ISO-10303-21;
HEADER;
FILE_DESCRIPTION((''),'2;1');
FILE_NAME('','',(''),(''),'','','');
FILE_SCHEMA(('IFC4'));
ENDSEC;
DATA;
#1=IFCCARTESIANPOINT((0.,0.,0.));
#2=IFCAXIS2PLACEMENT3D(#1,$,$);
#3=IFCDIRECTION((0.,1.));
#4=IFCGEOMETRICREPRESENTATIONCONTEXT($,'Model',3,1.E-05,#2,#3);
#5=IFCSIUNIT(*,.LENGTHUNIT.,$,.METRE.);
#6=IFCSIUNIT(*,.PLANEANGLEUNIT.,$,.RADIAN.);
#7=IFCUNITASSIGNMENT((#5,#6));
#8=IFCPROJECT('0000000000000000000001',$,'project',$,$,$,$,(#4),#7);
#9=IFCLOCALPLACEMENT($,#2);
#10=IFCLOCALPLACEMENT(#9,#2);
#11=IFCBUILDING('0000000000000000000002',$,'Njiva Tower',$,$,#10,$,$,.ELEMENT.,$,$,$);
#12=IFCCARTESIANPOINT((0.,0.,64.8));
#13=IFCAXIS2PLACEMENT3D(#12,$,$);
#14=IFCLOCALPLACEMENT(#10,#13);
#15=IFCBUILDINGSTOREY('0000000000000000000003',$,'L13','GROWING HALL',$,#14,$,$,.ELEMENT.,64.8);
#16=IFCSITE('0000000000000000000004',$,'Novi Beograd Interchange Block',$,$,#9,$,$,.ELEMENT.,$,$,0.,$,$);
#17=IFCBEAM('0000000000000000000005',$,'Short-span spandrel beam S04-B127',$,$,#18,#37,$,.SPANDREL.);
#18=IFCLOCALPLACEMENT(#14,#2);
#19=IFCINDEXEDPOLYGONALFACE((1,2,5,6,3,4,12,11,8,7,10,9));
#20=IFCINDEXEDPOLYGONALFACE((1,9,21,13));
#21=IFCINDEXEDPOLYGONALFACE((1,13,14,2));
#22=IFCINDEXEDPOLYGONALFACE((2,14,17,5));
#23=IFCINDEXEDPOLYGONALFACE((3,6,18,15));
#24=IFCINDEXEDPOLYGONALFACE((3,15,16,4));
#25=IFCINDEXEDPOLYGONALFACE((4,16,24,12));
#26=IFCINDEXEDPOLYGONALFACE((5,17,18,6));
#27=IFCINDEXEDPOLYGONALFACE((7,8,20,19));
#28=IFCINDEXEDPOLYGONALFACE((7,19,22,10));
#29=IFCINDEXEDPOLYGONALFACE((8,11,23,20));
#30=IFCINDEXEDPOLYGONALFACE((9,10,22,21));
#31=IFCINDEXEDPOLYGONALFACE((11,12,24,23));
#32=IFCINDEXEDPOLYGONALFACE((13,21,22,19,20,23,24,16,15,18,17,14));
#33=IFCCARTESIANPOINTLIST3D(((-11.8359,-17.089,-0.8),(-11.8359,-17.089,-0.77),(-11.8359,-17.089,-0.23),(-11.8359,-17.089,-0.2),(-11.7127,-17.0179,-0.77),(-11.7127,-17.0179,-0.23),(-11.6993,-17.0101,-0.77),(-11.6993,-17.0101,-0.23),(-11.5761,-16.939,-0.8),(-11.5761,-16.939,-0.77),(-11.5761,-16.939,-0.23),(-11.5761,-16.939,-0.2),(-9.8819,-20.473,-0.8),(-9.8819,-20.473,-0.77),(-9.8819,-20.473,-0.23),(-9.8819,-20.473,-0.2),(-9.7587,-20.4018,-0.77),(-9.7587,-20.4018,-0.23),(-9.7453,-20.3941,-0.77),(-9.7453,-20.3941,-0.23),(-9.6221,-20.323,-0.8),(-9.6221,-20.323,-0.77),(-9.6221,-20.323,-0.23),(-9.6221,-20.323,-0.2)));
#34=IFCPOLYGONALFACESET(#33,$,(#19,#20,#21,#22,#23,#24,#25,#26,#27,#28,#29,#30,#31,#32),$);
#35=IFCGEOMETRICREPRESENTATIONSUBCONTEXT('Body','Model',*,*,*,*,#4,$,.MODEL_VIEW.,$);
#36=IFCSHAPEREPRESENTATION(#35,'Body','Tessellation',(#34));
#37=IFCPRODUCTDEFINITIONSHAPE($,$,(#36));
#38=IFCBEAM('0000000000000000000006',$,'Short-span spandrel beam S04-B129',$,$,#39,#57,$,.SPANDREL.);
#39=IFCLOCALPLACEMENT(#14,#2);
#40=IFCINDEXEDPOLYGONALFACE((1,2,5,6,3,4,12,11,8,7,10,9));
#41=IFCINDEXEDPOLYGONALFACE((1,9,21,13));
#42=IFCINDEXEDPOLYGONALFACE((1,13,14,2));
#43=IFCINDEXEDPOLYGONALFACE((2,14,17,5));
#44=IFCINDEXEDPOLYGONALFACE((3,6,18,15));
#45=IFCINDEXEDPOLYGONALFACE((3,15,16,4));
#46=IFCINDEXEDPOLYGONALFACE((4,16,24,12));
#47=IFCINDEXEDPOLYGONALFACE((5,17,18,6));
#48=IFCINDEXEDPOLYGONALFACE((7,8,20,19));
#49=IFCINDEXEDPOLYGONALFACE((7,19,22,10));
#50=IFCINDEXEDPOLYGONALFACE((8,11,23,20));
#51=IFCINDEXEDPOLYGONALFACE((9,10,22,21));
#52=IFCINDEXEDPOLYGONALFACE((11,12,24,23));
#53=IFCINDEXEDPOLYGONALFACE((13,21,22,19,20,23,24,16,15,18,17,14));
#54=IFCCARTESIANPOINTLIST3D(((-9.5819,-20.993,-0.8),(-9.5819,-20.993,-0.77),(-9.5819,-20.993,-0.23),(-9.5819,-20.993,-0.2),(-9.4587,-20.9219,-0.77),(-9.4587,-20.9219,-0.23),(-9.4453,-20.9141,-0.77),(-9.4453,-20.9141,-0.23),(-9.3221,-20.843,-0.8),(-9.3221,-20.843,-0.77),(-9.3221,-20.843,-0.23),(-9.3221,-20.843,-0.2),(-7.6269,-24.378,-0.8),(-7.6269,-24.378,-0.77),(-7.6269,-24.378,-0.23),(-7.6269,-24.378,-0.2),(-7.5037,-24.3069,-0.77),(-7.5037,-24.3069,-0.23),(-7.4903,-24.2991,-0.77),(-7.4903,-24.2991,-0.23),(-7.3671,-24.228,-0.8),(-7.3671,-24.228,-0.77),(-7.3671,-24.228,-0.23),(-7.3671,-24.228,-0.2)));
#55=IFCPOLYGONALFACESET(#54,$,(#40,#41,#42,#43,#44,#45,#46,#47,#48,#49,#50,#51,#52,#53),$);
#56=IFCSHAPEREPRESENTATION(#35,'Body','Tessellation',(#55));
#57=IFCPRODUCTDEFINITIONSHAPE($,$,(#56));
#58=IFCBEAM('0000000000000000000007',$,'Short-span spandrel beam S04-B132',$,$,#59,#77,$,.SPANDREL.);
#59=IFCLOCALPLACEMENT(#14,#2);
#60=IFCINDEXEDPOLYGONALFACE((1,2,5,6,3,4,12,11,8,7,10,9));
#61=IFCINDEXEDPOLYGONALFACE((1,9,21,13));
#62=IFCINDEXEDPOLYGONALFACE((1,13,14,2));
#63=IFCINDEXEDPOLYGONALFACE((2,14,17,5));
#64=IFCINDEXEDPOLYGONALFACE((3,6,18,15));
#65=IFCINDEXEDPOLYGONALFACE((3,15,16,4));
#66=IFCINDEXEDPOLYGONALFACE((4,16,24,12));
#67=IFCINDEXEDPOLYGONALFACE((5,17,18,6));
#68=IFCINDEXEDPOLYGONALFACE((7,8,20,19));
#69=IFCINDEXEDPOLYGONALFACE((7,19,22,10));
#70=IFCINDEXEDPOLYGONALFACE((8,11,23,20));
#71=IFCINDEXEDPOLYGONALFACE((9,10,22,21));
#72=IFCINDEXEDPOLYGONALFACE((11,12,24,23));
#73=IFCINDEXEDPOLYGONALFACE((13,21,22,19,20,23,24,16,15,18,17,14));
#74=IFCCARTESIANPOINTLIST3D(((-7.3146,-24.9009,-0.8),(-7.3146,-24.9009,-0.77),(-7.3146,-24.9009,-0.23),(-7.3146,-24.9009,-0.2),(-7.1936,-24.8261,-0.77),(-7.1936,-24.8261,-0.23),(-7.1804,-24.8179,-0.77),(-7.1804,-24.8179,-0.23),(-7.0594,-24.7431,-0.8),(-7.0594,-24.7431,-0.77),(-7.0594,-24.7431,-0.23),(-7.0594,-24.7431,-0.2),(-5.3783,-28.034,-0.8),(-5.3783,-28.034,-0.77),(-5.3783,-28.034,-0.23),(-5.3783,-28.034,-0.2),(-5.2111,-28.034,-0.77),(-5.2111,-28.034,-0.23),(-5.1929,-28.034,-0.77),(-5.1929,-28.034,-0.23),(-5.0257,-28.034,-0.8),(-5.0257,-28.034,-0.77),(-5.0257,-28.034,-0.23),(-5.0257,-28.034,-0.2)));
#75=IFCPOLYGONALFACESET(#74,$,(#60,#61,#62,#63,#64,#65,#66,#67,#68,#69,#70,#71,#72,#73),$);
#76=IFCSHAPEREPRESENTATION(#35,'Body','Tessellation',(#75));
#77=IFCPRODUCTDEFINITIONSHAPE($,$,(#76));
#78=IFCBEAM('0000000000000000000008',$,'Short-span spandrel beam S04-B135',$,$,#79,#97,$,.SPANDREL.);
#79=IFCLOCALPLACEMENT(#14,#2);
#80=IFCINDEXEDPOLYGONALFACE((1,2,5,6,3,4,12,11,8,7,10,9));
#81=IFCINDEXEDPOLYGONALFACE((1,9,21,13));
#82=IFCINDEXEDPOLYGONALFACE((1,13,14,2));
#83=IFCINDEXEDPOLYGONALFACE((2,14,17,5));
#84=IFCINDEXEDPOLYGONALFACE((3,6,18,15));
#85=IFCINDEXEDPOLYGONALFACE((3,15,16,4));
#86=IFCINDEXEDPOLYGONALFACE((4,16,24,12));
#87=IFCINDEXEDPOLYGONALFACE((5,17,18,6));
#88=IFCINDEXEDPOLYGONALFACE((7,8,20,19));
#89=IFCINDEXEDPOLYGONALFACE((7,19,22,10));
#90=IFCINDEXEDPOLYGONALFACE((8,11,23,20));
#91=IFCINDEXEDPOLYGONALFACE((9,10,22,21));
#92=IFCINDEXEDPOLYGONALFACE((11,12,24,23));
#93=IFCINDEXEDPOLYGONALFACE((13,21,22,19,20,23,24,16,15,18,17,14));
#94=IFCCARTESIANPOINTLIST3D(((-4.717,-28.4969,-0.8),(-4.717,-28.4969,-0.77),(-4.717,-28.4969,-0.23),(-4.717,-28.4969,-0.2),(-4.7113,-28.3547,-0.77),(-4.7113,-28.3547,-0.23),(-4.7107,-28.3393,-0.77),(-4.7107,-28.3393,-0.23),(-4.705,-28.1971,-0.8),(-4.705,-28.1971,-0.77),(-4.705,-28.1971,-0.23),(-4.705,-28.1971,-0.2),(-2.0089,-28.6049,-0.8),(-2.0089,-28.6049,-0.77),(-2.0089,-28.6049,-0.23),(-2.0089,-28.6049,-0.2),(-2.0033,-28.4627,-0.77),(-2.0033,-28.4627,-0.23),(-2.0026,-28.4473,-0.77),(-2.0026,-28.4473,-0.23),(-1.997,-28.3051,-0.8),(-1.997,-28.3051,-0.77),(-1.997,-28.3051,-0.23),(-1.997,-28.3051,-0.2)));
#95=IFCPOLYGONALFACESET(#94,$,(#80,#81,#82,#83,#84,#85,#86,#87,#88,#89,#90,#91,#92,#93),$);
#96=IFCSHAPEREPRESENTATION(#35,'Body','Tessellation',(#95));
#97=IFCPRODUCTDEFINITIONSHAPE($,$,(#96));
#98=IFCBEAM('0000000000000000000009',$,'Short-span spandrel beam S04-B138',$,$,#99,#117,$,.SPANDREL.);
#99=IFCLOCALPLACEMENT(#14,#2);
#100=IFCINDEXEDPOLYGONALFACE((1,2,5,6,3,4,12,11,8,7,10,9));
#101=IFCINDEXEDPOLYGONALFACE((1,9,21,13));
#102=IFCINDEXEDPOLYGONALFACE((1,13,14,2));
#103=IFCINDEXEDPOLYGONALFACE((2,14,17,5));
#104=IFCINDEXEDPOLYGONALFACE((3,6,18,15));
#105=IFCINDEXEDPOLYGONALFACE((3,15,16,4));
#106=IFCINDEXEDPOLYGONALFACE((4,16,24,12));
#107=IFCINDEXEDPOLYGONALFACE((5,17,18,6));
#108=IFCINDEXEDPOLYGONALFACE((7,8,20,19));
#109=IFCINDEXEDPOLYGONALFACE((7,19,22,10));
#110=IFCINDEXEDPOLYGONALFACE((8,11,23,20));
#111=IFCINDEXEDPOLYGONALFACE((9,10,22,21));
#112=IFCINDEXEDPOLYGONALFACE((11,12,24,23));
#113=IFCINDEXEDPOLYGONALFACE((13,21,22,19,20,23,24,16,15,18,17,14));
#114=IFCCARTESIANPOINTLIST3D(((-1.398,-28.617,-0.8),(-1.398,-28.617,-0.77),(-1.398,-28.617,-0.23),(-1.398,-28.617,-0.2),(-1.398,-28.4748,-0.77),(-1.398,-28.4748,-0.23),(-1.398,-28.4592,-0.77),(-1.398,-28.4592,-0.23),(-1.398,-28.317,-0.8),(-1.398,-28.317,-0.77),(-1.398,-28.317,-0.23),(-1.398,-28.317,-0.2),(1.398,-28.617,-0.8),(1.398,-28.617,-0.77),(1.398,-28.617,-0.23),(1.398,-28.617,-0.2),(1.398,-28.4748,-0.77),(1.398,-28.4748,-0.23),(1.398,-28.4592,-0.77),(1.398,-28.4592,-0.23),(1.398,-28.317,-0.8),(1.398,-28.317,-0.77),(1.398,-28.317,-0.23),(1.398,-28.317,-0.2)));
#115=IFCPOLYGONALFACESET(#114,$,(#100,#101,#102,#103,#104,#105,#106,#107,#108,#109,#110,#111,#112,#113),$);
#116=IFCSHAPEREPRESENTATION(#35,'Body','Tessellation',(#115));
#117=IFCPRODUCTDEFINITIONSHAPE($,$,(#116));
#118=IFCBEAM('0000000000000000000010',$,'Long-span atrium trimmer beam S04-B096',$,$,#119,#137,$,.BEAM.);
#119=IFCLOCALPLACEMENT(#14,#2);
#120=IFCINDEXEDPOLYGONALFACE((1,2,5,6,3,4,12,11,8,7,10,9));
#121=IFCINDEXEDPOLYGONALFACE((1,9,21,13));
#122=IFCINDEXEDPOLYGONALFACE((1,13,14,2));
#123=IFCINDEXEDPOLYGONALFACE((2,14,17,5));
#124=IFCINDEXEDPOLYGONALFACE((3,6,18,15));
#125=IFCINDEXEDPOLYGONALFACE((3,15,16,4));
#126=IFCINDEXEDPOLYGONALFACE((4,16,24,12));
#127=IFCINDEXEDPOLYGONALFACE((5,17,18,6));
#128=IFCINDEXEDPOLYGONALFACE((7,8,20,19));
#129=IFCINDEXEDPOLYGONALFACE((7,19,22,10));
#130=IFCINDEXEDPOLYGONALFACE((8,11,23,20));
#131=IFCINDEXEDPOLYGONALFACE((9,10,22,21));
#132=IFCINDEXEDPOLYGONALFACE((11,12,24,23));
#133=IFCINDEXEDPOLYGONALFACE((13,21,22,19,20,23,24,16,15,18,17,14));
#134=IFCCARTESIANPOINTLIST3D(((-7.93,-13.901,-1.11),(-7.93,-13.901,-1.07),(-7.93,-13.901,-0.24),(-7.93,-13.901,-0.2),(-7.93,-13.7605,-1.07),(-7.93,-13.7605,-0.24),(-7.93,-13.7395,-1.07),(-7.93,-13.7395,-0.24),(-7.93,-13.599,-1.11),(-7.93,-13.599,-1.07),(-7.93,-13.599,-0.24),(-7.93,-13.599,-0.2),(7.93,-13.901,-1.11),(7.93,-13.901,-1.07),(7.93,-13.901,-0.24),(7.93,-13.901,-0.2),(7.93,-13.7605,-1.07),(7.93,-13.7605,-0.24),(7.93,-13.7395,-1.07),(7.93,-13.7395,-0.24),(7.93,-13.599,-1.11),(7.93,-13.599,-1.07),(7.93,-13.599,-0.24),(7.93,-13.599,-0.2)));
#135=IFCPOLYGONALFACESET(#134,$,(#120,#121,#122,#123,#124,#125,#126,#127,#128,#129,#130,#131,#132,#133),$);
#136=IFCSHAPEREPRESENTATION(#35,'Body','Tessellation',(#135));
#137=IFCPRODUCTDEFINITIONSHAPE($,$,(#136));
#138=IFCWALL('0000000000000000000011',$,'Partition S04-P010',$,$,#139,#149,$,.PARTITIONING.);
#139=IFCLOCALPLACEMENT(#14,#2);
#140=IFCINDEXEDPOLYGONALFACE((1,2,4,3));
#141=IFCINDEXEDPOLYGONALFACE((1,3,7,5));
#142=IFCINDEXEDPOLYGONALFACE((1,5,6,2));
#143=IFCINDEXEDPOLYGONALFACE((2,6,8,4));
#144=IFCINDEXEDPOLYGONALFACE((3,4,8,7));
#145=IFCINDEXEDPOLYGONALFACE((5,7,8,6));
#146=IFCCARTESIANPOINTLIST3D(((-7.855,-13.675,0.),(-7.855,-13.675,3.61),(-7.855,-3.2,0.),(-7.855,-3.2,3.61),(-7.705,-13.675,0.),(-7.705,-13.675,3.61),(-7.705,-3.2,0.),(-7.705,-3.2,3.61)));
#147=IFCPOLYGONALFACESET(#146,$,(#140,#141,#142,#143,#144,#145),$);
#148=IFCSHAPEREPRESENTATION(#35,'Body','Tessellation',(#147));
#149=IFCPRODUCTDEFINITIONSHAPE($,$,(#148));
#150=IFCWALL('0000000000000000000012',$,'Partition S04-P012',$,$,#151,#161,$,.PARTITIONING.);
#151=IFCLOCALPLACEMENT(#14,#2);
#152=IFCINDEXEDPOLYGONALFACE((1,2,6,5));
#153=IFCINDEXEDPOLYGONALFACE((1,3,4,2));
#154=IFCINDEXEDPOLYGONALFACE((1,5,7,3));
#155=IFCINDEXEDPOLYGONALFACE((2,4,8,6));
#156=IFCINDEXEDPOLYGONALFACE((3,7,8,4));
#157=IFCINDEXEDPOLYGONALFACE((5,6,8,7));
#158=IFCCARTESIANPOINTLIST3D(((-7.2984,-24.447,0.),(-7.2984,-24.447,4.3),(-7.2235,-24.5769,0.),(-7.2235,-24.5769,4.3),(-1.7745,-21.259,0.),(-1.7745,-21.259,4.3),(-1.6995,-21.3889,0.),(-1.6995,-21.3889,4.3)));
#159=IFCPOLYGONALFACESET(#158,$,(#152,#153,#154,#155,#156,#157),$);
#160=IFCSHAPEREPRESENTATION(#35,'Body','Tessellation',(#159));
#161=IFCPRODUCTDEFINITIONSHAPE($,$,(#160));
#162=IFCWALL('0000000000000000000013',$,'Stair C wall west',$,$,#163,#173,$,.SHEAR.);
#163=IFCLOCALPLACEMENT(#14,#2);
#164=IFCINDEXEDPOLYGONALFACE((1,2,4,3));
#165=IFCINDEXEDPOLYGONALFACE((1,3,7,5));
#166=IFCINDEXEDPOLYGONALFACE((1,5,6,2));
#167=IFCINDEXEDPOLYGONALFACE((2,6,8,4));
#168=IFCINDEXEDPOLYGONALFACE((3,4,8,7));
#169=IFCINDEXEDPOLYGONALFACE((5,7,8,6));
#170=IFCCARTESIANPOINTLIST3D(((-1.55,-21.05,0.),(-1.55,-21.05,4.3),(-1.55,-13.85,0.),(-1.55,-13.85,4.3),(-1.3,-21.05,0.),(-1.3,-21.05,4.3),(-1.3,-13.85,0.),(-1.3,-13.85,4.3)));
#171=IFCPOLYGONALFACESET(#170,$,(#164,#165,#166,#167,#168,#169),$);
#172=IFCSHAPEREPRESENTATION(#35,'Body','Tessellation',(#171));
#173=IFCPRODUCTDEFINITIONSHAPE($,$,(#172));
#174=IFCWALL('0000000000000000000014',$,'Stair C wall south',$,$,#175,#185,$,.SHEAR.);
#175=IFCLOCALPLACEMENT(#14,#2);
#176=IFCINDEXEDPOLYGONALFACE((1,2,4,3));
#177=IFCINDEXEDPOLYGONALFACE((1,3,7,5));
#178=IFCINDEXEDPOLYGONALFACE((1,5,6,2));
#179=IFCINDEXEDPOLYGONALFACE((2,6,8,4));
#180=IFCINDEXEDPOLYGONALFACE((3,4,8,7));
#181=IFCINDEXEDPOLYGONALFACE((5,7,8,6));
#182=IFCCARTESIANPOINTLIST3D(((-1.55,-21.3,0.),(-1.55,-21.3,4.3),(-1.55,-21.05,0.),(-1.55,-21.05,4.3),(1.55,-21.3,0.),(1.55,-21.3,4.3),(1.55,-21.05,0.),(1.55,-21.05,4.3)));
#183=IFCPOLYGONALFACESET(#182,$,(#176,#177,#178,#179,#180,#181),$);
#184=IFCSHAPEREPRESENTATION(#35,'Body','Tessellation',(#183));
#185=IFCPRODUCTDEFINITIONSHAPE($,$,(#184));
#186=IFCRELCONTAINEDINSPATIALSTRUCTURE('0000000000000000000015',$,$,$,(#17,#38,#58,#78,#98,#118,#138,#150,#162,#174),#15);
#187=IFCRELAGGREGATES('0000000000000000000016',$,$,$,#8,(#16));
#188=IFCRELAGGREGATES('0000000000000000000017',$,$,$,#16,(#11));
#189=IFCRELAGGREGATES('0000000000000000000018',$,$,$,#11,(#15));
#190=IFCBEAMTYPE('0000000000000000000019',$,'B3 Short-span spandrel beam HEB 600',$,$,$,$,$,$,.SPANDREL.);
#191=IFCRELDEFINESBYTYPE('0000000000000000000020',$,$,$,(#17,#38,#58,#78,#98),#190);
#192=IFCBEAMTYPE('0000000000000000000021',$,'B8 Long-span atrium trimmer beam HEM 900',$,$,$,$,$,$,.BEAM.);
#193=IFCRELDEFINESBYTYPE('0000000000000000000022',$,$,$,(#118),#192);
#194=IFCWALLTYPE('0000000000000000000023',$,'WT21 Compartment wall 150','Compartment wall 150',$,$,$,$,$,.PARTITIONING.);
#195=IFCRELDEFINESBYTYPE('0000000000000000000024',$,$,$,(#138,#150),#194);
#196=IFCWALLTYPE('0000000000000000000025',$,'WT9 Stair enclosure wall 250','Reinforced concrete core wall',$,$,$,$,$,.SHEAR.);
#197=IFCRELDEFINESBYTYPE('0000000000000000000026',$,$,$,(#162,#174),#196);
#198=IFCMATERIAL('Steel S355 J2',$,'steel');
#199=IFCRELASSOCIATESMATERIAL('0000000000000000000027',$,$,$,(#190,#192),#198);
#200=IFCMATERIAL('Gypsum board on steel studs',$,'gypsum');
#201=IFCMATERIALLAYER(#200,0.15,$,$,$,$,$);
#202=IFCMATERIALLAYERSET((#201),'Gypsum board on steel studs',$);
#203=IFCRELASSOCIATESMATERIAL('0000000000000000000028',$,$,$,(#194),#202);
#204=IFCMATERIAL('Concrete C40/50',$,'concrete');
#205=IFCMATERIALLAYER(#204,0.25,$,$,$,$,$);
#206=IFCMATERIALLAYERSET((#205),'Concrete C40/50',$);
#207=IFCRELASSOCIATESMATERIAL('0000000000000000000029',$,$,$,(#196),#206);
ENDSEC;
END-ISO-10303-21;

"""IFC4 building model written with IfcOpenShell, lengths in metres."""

from ifc_helpers import new_model, si_unit, direction, frame, frame_2d, origin, origin_2d, place, context, subcontext, project, spatial, rectangle, i_section, extrude, clip, halfspace, material, layer, layer_set, material_profile, profile_set, type_object, element, save


model = new_model("IFC4")

# Units and contexts
model_context = context("Model", 3, precision=1e-05, world=origin(), true_north=direction((0.0, 1.0)))
body_context = subcontext(model_context, "Body", "Model", "MODEL_VIEW")
ifc_project = project(units=[si_unit("LENGTHUNIT", "METRE"), si_unit("PLANEANGLEUNIT", "RADIAN")], contexts=[model_context])

# Site, building, storey
site_placement = place(None, origin())
site = spatial("IfcSite", under=ifc_project, at=site_placement, Name="Novi Beograd Interchange Block", CompositionType="ELEMENT", RefElevation=0.0)
building_placement = place(site_placement, origin())
building = spatial("IfcBuilding", under=site, at=building_placement, Name="Njiva Tower", CompositionType="ELEMENT")
storey_placement = place(building_placement, frame((0.0, 0.0, 64.8)))
storey = spatial("IfcBuildingStorey", under=building, at=storey_placement, Name="L13", Description="GROWING HALL", CompositionType="ELEMENT", Elevation=64.8)

# Shared definitions
ifc_material_1 = material(Name="Steel S355 J2", Category="steel")

# Beams
ifc_material_profile_1 = material_profile(ifc_material_1, i_section(OverallWidth=0.3, OverallDepth=0.6, WebThickness=0.0155, FlangeThickness=0.03, at=origin_2d()), Name="HEB 600")
ifc_profile_set_1 = profile_set([ifc_material_profile_1], Name="Steel S355 J2")
beam_type_1 = type_object("IfcBeamType", Name="B3 Short-span spandrel beam HEB 600", PredefinedType="SPANDREL", material=ifc_profile_set_1)
beam_1_placement = place(storey_placement, frame((-11.706, -17.014, -0.5), z_axis=(0.500047, -0.865998, 0.0), x_axis=(0.865998, 0.500047, 0.0)))
element("IfcBeam", 1, at=beam_1_placement, inside=storey, type_object=beam_type_1, Name="Short-span spandrel beam S04-B127", PredefinedType="SPANDREL", context=body_context, shape_type="SweptSolid", body=[
    extrude(i_section(OverallWidth=0.3, OverallDepth=0.6, WebThickness=0.0155, FlangeThickness=0.03, at=origin_2d()), origin(), (0.0, 0.0, 1.0), 3.9076),
])
beam_2_placement = place(storey_placement, frame((-9.452, -20.918, -0.5), z_axis=(0.500128, -0.865951, 0.0), x_axis=(0.865951, 0.500128, 0.0)))
element("IfcBeam", 2, at=beam_2_placement, inside=storey, type_object=beam_type_1, Name="Short-span spandrel beam S04-B129", PredefinedType="SPANDREL", context=body_context, shape_type="SweptSolid", body=[
    extrude(i_section(OverallWidth=0.3, OverallDepth=0.6, WebThickness=0.0155, FlangeThickness=0.03, at=origin_2d()), origin(), (0.0, 0.0, 1.0), 3.909),
])
beam_3_placement = place(storey_placement, frame((-7.187, -24.822, -0.5), z_axis=(0.525707, -0.850666, 0.0), x_axis=(0.850666, 0.525707, 0.0)))
element("IfcBeam", 3, at=beam_3_placement, inside=storey, type_object=beam_type_1, Name="Short-span spandrel beam S04-B132", PredefinedType="SPANDREL", context=body_context, shape_type="Clipping", body=[
    clip(extrude(i_section(OverallWidth=0.3, OverallDepth=0.6, WebThickness=0.0155, FlangeThickness=0.03, at=origin_2d()), origin(), (0.0, 0.0, 1.0), 3.8889), halfspace(frame((-0.0262, 0.0, 3.7597), z_axis=(-0.525707, 0.0, 0.850666), x_axis=(0.0, 1.0, 0.0)), False)),
])
beam_4_placement = place(storey_placement, frame((-4.711, -28.347, -0.5), z_axis=(0.999206, -0.03985, 0.0), x_axis=(0.03985, 0.999206, 0.0)))
element("IfcBeam", 4, at=beam_4_placement, inside=storey, type_object=beam_type_1, Name="Short-span spandrel beam S04-B135", PredefinedType="SPANDREL", context=body_context, shape_type="SweptSolid", body=[
    extrude(i_section(OverallWidth=0.3, OverallDepth=0.6, WebThickness=0.0155, FlangeThickness=0.03, at=origin_2d()), origin(), (0.0, 0.0, 1.0), 2.7102),
])
beam_5_placement = place(storey_placement, frame((-1.398, -28.467, -0.5), z_axis=(1.0, 0.0, 0.0), x_axis=(0.0, 1.0, 0.0)))
element("IfcBeam", 5, at=beam_5_placement, inside=storey, type_object=beam_type_1, Name="Short-span spandrel beam S04-B138", PredefinedType="SPANDREL", context=body_context, shape_type="SweptSolid", body=[
    extrude(i_section(OverallWidth=0.3, OverallDepth=0.6, WebThickness=0.0155, FlangeThickness=0.03, at=origin_2d()), origin(), (0.0, 0.0, 1.0), 2.796),
])
ifc_material_profile_2 = material_profile(ifc_material_1, i_section(OverallWidth=0.302, OverallDepth=0.91, WebThickness=0.021, FlangeThickness=0.04, at=origin_2d()), Name="HEM 900")
ifc_profile_set_2 = profile_set([ifc_material_profile_2], Name="Steel S355 J2")
beam_type_2 = type_object("IfcBeamType", Name="B8 Long-span atrium trimmer beam HEM 900", PredefinedType="BEAM", material=ifc_profile_set_2)
beam_6_placement = place(storey_placement, frame((-7.93, -13.75, -0.655), z_axis=(1.0, 0.0, 0.0), x_axis=(0.0, 1.0, 0.0)))
element("IfcBeam", 6, at=beam_6_placement, inside=storey, type_object=beam_type_2, Name="Long-span atrium trimmer beam S04-B096", PredefinedType="BEAM", context=body_context, shape_type="SweptSolid", body=[
    extrude(i_section(OverallWidth=0.302, OverallDepth=0.91, WebThickness=0.021, FlangeThickness=0.04, at=origin_2d()), origin(), (0.0, 0.0, 1.0), 15.86),
])

# Walls
ifc_material_2 = material(Name="Gypsum board on steel studs", Category="gypsum")
ifc_layer_1 = layer(ifc_material_2, 0.15)
ifc_layer_set_1 = layer_set([ifc_layer_1], Name="Gypsum board on steel studs")
wall_type_1 = type_object("IfcWallType", Name="WT21 Compartment wall 150", Description="Compartment wall 150", PredefinedType="PARTITIONING", material=ifc_layer_set_1)
wall_1_placement = place(storey_placement, frame((-7.78, -13.675, 0.0), z_axis=(0.0, 0.0, 1.0), x_axis=(0.0, 1.0, 0.0)))
element("IfcWall", 7, at=wall_1_placement, inside=storey, type_object=wall_type_1, Name="Partition S04-P010", PredefinedType="PARTITIONING", context=body_context, shape_type="SweptSolid", body=[
    extrude(rectangle(XDim=10.475, YDim=0.15, at=frame_2d((5.2375, 0.0))), origin(), (0.0, 0.0, 1.0), 3.61),
])
wall_2_placement = place(storey_placement, frame((-7.261, -24.512, 0.0), z_axis=(0.0, 0.0, 1.0), x_axis=(0.866112, 0.499849, 0.0)))
element("IfcWall", 8, at=wall_2_placement, inside=storey, type_object=wall_type_1, Name="Partition S04-P012", PredefinedType="PARTITIONING", context=body_context, shape_type="SweptSolid", body=[
    extrude(rectangle(XDim=6.3779, YDim=0.15, at=frame_2d((3.189, 0.0))), origin(), (0.0, 0.0, 1.0), 4.3),
])
ifc_material_3 = material(Name="Concrete C40/50", Category="concrete")
ifc_layer_2 = layer(ifc_material_3, 0.25)
ifc_layer_set_2 = layer_set([ifc_layer_2], Name="Concrete C40/50")
wall_type_2 = type_object("IfcWallType", Name="WT9 Stair enclosure wall 250", Description="Reinforced concrete core wall", PredefinedType="SHEAR", material=ifc_layer_set_2)
wall_3_placement = place(storey_placement, frame((-1.425, -21.05, 0.0), z_axis=(0.0, 0.0, 1.0), x_axis=(0.0, 1.0, 0.0)))
element("IfcWall", 9, at=wall_3_placement, inside=storey, type_object=wall_type_2, Name="Stair C wall west", PredefinedType="SHEAR", context=body_context, shape_type="SweptSolid", body=[
    extrude(rectangle(XDim=7.2, YDim=0.25, at=frame_2d((3.6, 0.0))), origin(), (0.0, 0.0, 1.0), 4.3),
])
for number, where, z_axis, x_axis, name in (
    (10, (-1.55, -21.175, 0.0), (0.0, 0.0, 1.0), (1.0, 0.0, 0.0), "Stair C wall south"),
):
    element("IfcWall", number, at=place(storey_placement, frame(where, z_axis=z_axis, x_axis=x_axis)), inside=storey, type_object=wall_type_2, Name=name, PredefinedType="SHEAR", context=body_context, shape_type="SweptSolid", body=[
        extrude(rectangle(XDim=3.1, YDim=0.25, at=frame_2d((1.55, 0.0))), origin(), (0.0, 0.0, 1.0), 4.3),
    ])

save(model, "model.ifc")
